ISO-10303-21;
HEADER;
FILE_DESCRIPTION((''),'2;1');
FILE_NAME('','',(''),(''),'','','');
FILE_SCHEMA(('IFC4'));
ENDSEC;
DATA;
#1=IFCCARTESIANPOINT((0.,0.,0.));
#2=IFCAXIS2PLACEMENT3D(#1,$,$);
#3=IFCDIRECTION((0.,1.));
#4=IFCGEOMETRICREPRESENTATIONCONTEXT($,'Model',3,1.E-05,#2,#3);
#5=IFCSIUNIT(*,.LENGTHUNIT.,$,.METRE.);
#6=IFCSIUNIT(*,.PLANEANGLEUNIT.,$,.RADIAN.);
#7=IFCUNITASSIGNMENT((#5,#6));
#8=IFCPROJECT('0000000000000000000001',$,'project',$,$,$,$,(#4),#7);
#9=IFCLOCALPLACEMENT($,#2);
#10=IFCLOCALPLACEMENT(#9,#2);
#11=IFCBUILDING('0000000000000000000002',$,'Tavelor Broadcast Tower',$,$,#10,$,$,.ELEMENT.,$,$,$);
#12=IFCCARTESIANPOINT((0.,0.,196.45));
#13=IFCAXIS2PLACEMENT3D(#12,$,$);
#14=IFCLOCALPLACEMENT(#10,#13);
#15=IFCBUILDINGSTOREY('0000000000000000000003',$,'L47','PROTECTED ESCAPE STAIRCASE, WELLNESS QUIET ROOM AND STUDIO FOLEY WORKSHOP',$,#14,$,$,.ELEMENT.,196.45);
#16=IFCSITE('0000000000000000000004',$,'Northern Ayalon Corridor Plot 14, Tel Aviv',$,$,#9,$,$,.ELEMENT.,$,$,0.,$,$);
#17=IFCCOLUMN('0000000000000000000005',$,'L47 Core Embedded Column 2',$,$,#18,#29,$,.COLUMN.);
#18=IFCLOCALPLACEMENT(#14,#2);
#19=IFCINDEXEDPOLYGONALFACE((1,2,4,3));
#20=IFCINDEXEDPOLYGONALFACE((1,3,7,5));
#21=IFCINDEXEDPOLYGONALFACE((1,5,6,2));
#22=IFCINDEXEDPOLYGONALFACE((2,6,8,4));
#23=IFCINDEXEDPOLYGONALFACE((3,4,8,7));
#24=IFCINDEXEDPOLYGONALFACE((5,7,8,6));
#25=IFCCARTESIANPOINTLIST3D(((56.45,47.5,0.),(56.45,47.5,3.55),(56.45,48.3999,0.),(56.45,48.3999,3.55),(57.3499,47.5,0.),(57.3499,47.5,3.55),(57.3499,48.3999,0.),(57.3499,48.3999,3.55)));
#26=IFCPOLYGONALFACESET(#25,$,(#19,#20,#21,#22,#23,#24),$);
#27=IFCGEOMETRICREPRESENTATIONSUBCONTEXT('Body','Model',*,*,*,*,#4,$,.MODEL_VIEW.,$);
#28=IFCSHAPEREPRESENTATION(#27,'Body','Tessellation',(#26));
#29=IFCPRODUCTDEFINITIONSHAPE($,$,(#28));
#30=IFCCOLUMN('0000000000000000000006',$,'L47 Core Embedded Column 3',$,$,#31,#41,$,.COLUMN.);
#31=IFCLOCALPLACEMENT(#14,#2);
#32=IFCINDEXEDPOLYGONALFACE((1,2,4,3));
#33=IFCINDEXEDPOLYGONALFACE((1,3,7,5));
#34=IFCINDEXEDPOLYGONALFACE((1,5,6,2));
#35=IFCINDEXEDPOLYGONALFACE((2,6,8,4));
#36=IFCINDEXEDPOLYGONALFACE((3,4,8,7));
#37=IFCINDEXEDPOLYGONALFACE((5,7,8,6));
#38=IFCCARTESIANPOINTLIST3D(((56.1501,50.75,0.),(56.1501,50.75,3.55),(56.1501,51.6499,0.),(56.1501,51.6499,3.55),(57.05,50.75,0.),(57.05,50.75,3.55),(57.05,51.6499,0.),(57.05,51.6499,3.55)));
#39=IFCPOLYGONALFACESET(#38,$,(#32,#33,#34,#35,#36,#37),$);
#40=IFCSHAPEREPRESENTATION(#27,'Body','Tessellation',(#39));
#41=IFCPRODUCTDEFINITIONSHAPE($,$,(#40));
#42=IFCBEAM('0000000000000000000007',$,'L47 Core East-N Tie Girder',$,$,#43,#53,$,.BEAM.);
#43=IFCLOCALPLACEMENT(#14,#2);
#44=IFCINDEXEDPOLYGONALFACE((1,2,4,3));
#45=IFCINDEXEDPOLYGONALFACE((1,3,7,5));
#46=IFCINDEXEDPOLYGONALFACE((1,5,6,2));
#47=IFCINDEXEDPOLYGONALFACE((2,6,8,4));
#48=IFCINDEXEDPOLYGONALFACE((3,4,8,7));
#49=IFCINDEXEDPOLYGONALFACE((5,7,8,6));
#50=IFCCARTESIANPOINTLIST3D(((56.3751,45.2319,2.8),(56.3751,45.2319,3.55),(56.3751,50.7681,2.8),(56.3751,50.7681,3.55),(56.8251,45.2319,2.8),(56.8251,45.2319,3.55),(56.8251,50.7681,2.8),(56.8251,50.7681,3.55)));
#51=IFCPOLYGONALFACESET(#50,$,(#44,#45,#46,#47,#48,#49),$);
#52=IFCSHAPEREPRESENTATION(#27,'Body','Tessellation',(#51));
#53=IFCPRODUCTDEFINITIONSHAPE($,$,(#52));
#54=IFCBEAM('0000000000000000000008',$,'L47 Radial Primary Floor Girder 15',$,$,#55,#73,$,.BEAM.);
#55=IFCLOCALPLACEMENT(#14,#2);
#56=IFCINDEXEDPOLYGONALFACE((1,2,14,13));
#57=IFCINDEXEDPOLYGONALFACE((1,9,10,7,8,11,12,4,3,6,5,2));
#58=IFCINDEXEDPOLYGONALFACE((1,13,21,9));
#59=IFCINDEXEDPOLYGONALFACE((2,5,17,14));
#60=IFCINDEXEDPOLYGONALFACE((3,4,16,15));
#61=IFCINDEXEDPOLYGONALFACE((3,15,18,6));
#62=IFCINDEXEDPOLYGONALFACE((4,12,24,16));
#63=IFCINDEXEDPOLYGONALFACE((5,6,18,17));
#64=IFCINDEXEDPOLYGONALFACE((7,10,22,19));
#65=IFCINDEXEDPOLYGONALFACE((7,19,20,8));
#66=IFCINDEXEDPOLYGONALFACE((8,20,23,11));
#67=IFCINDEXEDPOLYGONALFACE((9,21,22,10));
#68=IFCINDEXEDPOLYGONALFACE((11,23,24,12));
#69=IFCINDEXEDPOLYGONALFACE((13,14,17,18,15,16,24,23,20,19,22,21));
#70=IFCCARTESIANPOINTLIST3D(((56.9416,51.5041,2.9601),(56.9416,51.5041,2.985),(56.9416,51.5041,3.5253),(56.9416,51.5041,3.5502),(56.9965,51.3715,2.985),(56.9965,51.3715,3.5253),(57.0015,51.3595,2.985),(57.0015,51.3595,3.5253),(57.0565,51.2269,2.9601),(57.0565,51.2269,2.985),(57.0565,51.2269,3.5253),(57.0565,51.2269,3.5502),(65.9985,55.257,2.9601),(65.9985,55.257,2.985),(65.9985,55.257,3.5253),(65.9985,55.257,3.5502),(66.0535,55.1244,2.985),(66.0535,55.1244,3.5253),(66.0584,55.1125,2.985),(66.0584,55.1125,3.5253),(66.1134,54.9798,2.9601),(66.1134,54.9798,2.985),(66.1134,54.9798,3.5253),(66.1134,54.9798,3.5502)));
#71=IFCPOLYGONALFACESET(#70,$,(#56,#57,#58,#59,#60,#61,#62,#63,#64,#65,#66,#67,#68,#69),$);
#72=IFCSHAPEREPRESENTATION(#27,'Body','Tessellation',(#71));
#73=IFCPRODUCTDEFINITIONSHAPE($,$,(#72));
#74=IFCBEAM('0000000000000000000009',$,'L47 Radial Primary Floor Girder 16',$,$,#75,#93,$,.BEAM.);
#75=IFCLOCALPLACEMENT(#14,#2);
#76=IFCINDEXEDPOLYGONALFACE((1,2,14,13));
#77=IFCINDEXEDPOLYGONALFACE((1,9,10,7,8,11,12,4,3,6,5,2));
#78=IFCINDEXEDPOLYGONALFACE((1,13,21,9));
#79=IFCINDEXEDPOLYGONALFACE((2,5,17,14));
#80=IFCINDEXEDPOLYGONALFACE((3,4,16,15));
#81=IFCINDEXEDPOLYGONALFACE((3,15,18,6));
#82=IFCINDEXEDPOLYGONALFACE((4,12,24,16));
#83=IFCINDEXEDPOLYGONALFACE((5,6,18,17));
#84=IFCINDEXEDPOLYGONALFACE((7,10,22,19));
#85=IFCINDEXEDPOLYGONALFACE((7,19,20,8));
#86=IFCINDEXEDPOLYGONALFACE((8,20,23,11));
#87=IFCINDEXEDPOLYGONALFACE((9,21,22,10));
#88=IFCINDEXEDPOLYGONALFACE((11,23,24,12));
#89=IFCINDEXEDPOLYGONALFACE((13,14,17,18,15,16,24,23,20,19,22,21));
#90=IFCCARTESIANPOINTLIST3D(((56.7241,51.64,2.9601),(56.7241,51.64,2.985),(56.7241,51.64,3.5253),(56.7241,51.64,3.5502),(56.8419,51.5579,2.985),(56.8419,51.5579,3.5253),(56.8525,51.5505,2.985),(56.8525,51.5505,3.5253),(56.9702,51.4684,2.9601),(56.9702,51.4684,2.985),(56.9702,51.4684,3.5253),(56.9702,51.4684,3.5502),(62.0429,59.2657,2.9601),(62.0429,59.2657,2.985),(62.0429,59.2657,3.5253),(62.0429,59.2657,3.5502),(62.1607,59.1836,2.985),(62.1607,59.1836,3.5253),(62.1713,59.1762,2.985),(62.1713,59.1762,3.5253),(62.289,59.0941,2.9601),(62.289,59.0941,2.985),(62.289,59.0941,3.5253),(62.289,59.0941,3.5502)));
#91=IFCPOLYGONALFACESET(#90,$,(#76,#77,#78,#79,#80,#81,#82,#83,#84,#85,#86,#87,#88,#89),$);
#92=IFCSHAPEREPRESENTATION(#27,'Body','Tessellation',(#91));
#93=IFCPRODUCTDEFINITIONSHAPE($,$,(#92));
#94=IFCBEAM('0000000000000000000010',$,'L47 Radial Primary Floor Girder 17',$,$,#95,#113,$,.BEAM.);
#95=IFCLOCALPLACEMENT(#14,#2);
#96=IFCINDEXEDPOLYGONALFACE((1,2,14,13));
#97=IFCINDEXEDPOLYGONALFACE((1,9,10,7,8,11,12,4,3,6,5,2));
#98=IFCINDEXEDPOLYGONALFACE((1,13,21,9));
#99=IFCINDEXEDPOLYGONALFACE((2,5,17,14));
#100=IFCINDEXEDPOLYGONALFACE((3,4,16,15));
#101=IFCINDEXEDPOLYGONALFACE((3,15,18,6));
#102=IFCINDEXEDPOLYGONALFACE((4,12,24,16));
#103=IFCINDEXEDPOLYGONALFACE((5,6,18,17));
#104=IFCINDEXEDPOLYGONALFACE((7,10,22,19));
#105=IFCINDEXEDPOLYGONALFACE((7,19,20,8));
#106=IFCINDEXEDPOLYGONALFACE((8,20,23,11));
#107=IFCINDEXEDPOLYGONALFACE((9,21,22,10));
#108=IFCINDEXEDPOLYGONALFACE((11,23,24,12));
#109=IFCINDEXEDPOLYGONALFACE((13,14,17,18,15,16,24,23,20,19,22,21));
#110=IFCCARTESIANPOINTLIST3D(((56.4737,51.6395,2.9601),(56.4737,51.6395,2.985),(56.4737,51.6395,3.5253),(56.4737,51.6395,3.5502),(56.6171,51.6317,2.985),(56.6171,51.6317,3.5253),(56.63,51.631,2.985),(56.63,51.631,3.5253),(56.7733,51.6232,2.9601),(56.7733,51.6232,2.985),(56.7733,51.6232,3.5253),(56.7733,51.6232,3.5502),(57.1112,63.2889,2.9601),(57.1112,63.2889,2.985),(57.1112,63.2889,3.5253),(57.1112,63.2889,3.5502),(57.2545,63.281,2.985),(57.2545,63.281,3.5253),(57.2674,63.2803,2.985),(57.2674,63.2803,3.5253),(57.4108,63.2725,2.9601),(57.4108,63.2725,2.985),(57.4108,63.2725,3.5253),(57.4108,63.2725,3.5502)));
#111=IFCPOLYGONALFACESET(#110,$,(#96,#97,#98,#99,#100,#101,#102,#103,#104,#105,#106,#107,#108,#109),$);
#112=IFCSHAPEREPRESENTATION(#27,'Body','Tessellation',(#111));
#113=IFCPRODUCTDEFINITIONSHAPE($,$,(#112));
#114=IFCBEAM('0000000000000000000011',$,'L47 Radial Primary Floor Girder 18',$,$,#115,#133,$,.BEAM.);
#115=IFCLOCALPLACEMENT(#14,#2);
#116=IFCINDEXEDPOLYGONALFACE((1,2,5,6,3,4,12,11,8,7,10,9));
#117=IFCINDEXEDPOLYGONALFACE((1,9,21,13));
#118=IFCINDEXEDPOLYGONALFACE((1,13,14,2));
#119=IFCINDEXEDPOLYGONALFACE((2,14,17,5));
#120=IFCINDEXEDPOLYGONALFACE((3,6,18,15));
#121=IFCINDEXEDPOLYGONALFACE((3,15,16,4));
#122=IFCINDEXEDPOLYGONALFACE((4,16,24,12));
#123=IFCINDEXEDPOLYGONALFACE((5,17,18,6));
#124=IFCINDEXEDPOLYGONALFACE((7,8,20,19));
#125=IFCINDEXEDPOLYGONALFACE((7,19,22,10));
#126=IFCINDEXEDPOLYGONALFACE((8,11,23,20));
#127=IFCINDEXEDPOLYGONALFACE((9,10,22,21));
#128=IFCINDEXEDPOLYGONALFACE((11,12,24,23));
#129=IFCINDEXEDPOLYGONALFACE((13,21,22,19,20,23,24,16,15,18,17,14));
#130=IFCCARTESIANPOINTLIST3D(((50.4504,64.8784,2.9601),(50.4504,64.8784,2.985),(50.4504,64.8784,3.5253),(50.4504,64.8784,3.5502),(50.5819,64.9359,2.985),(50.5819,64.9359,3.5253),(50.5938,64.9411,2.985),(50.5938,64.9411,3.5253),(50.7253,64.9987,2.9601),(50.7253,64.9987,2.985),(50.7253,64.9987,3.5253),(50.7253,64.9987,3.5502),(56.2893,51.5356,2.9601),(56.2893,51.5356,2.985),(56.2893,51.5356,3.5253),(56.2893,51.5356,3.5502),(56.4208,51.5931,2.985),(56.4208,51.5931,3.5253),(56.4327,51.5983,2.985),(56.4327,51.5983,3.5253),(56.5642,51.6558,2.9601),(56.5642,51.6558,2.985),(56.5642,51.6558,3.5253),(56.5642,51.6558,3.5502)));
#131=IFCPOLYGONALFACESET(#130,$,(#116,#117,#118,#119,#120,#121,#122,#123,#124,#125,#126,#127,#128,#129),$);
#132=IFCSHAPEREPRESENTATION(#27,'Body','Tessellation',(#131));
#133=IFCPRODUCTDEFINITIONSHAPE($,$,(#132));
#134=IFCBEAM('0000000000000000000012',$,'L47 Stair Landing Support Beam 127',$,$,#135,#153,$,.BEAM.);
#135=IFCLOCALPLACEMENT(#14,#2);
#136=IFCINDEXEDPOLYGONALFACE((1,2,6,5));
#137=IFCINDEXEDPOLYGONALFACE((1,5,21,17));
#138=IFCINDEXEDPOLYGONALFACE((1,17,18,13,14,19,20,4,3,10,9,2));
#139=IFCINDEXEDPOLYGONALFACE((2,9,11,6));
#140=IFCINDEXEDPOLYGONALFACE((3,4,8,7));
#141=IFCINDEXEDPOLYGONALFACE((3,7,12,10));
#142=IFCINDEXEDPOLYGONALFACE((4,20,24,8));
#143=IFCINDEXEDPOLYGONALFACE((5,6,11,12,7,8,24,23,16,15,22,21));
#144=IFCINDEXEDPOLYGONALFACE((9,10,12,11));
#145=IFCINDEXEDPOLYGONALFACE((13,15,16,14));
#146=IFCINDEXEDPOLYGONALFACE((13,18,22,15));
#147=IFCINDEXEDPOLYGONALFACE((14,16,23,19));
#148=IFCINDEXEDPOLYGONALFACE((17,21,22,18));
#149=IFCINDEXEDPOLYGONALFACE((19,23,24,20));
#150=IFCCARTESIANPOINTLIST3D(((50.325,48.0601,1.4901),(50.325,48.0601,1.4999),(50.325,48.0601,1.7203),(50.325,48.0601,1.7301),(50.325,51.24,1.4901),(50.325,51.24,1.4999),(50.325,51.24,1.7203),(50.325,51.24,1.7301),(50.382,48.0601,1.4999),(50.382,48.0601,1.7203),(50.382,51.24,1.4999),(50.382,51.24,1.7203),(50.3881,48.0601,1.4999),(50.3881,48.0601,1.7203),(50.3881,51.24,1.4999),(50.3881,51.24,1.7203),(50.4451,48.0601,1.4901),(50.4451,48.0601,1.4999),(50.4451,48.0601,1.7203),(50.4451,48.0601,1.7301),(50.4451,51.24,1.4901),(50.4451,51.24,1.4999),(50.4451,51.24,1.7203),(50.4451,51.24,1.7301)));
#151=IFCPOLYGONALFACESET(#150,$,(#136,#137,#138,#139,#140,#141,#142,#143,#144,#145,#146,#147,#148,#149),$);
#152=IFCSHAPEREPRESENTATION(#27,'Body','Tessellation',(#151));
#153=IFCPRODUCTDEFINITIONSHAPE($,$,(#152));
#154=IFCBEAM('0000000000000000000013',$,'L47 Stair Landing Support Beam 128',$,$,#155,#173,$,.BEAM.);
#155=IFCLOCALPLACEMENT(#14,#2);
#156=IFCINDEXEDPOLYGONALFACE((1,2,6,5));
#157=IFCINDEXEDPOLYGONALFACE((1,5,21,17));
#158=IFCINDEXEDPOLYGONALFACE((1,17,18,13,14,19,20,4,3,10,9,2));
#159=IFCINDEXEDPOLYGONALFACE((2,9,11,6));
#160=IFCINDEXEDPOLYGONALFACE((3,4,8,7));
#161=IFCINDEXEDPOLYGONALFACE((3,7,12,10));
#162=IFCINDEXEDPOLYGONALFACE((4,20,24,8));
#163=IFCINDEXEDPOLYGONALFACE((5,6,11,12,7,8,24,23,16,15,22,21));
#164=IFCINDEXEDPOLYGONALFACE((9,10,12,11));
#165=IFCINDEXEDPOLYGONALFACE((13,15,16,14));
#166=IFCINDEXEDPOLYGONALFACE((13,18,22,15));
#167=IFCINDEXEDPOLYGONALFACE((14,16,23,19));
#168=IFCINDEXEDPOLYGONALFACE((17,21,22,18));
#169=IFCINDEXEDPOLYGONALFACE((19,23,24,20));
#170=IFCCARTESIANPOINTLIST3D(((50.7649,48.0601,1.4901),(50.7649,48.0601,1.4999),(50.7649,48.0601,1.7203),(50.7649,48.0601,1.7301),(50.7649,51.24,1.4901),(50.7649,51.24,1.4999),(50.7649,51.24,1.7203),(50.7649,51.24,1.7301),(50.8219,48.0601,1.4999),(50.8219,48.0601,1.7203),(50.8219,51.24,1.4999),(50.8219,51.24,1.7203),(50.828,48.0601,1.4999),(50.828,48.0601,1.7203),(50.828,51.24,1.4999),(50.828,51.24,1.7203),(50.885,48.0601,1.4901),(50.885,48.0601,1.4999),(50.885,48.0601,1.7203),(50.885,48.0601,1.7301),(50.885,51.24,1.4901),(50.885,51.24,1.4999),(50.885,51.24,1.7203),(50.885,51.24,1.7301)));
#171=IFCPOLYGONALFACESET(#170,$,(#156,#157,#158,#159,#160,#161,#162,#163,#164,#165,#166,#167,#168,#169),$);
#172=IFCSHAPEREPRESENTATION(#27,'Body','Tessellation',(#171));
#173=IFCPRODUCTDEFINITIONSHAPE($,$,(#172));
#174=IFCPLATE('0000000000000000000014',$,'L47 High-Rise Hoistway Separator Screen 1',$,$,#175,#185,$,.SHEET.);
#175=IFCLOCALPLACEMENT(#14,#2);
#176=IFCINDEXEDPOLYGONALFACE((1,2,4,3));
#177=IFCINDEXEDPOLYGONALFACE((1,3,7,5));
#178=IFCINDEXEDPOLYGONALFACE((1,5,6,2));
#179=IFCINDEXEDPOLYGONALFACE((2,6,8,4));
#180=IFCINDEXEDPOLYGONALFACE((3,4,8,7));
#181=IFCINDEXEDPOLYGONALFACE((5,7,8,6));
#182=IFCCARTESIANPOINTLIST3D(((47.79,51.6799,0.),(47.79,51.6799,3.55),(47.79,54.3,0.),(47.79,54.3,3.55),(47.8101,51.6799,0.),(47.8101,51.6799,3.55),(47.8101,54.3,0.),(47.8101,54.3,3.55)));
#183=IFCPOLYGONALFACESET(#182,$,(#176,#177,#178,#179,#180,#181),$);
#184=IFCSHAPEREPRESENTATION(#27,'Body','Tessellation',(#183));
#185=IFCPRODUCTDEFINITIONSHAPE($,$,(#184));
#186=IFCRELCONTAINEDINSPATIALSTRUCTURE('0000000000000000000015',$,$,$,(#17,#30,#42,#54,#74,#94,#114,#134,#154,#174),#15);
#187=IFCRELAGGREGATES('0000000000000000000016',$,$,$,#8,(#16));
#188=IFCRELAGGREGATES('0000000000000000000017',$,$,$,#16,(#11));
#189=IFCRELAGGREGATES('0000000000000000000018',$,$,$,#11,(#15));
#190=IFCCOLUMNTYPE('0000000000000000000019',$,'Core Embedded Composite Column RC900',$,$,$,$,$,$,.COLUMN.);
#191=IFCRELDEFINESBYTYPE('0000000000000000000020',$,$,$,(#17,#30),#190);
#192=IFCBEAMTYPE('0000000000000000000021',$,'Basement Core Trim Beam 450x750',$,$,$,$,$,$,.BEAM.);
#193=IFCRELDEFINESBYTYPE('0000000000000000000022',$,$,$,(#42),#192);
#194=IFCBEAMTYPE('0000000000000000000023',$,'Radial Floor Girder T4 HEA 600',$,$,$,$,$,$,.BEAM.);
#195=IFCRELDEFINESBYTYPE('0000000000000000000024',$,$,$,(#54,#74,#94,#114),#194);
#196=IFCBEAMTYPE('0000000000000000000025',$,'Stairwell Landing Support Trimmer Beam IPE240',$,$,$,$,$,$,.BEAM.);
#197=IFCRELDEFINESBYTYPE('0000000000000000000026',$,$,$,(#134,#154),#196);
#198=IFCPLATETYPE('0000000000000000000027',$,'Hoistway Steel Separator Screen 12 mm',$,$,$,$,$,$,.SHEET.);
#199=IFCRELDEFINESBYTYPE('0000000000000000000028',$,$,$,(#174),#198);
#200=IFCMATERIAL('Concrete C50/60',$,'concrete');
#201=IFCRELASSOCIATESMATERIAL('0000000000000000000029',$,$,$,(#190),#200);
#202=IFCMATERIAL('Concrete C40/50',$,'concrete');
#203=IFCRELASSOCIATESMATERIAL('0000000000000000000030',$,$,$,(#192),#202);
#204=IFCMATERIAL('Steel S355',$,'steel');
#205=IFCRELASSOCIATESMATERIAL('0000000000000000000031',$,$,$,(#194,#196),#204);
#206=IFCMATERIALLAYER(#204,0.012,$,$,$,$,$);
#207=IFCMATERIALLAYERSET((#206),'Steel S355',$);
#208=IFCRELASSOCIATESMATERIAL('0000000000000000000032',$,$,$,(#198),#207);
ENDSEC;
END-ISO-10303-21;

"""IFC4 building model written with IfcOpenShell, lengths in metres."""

from ifc_helpers import new_model, si_unit, direction, frame, origin, origin_2d, place, context, subcontext, project, spatial, rectangle, i_section, extrude, source, transform, mapped, material, layer, layer_set, material_profile, profile_set, type_object, type_shapes, element, save


model = new_model("IFC4")

# Units and contexts
model_context = context("Model", 3, precision=1e-05, world=origin(), true_north=direction((0.0, 1.0)))
body_context = subcontext(model_context, "Body", "Model", "MODEL_VIEW")
ifc_project = project(units=[si_unit("LENGTHUNIT", "METRE"), si_unit("PLANEANGLEUNIT", "RADIAN")], contexts=[model_context])

# Site, building, storey
site_placement = place(None, origin())
site = spatial("IfcSite", under=ifc_project, at=site_placement, Name="Northern Ayalon Corridor Plot 14, Tel Aviv", CompositionType="ELEMENT", RefElevation=0.0)
building_placement = place(site_placement, origin())
building = spatial("IfcBuilding", under=site, at=building_placement, Name="Tavelor Broadcast Tower", CompositionType="ELEMENT")
storey_placement = place(building_placement, frame((0.0, 0.0, 196.45)))
storey = spatial("IfcBuildingStorey", under=building, at=storey_placement, Name="L47", Description="PROTECTED ESCAPE STAIRCASE, WELLNESS QUIET ROOM AND STUDIO FOLEY WORKSHOP", CompositionType="ELEMENT", Elevation=196.45)

# Columns
ifc_material_1 = material(Name="Concrete C50/60", Category="concrete")
ifc_material_profile_1 = material_profile(ifc_material_1, rectangle(XDim=0.8999, YDim=0.8999, at=origin_2d()), Name="RC 900x900")
ifc_profile_set_1 = profile_set([ifc_material_profile_1], Name="Concrete C50/60")
column_type = type_object("IfcColumnType", Name="Core Embedded Composite Column RC900", PredefinedType="COLUMN", material=ifc_profile_set_1)
for number, where, z_axis, x_axis, name in (
    (1, (56.8999, 47.95, 0.0), (0.0, 0.0, 1.0), (1.0, 0.0, 0.0), "L47 Core Embedded Column 2"),
    (2, (56.6001, 51.2, 0.0), (0.0, 0.0, 1.0), (1.0, 0.0, 0.0), "L47 Core Embedded Column 3"),
):
    element("IfcColumn", number, at=place(storey_placement, frame(where, z_axis=z_axis, x_axis=x_axis)), inside=storey, type_object=column_type, Name=name, PredefinedType="COLUMN", context=body_context, shape_type="SweptSolid", body=[
        extrude(rectangle(XDim=0.8999, YDim=0.8999, at=origin_2d()), origin(), (0.0, 0.0, 1.0), 3.55),
    ])

# Beams
ifc_material_2 = material(Name="Concrete C40/50", Category="concrete")
ifc_material_profile_2 = material_profile(ifc_material_2, rectangle(XDim=0.45, YDim=0.75, at=origin_2d()), Name="RC 450x750")
ifc_profile_set_2 = profile_set([ifc_material_profile_2], Name="Concrete C40/50")
beam_type_1 = type_object("IfcBeamType", Name="Basement Core Trim Beam 450x750", PredefinedType="BEAM", material=ifc_profile_set_2)
beam_1_placement = place(storey_placement, frame((56.6001, 45.2319, 3.175), z_axis=(0.0, 1.0, 0.0), x_axis=(-1.0, 0.0, 0.0)))
element("IfcBeam", 3, at=beam_1_placement, inside=storey, type_object=beam_type_1, Name="L47 Core East-N Tie Girder", PredefinedType="BEAM", context=body_context, shape_type="SweptSolid", body=[
    extrude(rectangle(XDim=0.45, YDim=0.75, at=origin_2d()), origin(), (0.0, 0.0, 1.0), 5.5361),
])
ifc_material_3 = material(Name="Steel S355", Category="steel")
ifc_material_profile_3 = material_profile(ifc_material_3, i_section(OverallWidth=0.3, OverallDepth=0.5901, WebThickness=0.0129, FlangeThickness=0.0249, at=origin_2d()), Name="HEA 600")
ifc_profile_set_3 = profile_set([ifc_material_profile_3], Name="Steel S355")
beam_type_2 = type_object("IfcBeamType", Name="Radial Floor Girder T4 HEA 600", PredefinedType="BEAM", material=ifc_profile_set_3)
beam_2_placement = place(storey_placement, frame((56.999, 51.3655, 3.2551), z_axis=(0.923827, 0.382809, 0.0), x_axis=(-0.382809, 0.923827, 0.0)))
element("IfcBeam", 4, at=beam_2_placement, inside=storey, type_object=beam_type_2, Name="L47 Radial Primary Floor Girder 15", PredefinedType="BEAM", context=body_context, shape_type="SweptSolid", body=[
    extrude(i_section(OverallWidth=0.3, OverallDepth=0.5901, WebThickness=0.0129, FlangeThickness=0.0249, at=origin_2d()), origin(), (0.0, 0.0, 1.0), 9.8037),
])
beam_3_placement = place(storey_placement, frame((56.8472, 51.5542, 3.2551), z_axis=(0.572078, 0.820199, 0.0), x_axis=(-0.820199, 0.572078, 0.0)))
element("IfcBeam", 5, at=beam_3_placement, inside=storey, type_object=beam_type_2, Name="L47 Radial Primary Floor Girder 16", PredefinedType="BEAM", context=body_context, shape_type="SweptSolid", body=[
    extrude(i_section(OverallWidth=0.3, OverallDepth=0.5901, WebThickness=0.0129, FlangeThickness=0.0249, at=origin_2d()), origin(), (0.0, 0.0, 1.0), 9.2974),
])
beam_4_placement = place(storey_placement, frame((56.6235, 51.6313, 3.2551), z_axis=(0.054638, 0.998506, 0.0), x_axis=(-0.998506, 0.054638, 0.0)))
element("IfcBeam", 6, at=beam_4_placement, inside=storey, type_object=beam_type_2, Name="L47 Radial Primary Floor Girder 17", PredefinedType="BEAM", context=body_context, shape_type="SweptSolid", body=[
    extrude(i_section(OverallWidth=0.3, OverallDepth=0.5901, WebThickness=0.0129, FlangeThickness=0.0249, at=origin_2d()), origin(), (0.0, 0.0, 1.0), 11.6667),
])
beam_5_placement = place(storey_placement, frame((56.4268, 51.5957, 3.2551), z_axis=(-0.4009, 0.916122, 0.0), x_axis=(-0.916122, -0.4009, 0.0)))
element("IfcBeam", 7, at=beam_5_placement, inside=storey, type_object=beam_type_2, Name="L47 Radial Primary Floor Girder 18", PredefinedType="BEAM", context=body_context, shape_type="SweptSolid", body=[
    extrude(i_section(OverallWidth=0.3, OverallDepth=0.5901, WebThickness=0.0129, FlangeThickness=0.0249, at=origin_2d()), origin(), (0.0, 0.0, 1.0), 14.5645),
])
ifc_material_profile_4 = material_profile(ifc_material_3, i_section(OverallWidth=0.1201, OverallDepth=0.24, WebThickness=0.0061, FlangeThickness=0.0098, at=origin_2d()), Name="IPE 240")
ifc_profile_set_4 = profile_set([ifc_material_profile_4], Name="Steel S355")
beam_type_3 = type_object("IfcBeamType", Name="Stairwell Landing Support Trimmer Beam IPE240", PredefinedType="BEAM", material=ifc_profile_set_4)
for number, where, z_axis, x_axis, name in (
    (8, (50.385, 48.0601, 1.6101), (0.0, 1.0, 0.0), (-1.0, 0.0, 0.0), "L47 Stair Landing Support Beam 127"),
    (9, (50.825, 48.0601, 1.6101), (0.0, 1.0, 0.0), (-1.0, 0.0, 0.0), "L47 Stair Landing Support Beam 128"),
):
    element("IfcBeam", number, at=place(storey_placement, frame(where, z_axis=z_axis, x_axis=x_axis)), inside=storey, type_object=beam_type_3, Name=name, PredefinedType="BEAM", context=body_context, shape_type="SweptSolid", body=[
        extrude(i_section(OverallWidth=0.1201, OverallDepth=0.24, WebThickness=0.0061, FlangeThickness=0.0098, at=origin_2d()), origin(), (0.0, 0.0, 1.0), 3.1799),
    ])

# Plate
ifc_layer_1 = layer(ifc_material_3, 0.012)
ifc_layer_set_1 = layer_set([ifc_layer_1], Name="Steel S355")
plate_type = type_object("IfcPlateType", Name="Hoistway Steel Separator Screen 12 mm", PredefinedType="SHEET", material=ifc_layer_set_1)
shared_shape = source(origin(), body_context, "Body", "SweptSolid", [
    extrude(rectangle(XDim=0.02, YDim=2.6201, at=origin_2d()), origin(), (0.0, 0.0, 1.0), 3.55),
])
type_shapes(plate_type, [shared_shape])
for number, where, z_axis, x_axis, name in (
    (10, (47.8, 52.99, 0.0), (0.0, 0.0, 1.0), (1.0, 0.0, 0.0), "L47 High-Rise Hoistway Separator Screen 1"),
):
    element("IfcPlate", number, at=place(storey_placement, frame(where, z_axis=z_axis, x_axis=x_axis)), inside=storey, type_object=plate_type, Name=name, PredefinedType="SHEET", context=body_context, shape_type="MappedRepresentation", body=[
        mapped(shared_shape, transform((0.0, 0.0, 0.0), scale=1.0)),
    ])

save(model, "model.ifc")
